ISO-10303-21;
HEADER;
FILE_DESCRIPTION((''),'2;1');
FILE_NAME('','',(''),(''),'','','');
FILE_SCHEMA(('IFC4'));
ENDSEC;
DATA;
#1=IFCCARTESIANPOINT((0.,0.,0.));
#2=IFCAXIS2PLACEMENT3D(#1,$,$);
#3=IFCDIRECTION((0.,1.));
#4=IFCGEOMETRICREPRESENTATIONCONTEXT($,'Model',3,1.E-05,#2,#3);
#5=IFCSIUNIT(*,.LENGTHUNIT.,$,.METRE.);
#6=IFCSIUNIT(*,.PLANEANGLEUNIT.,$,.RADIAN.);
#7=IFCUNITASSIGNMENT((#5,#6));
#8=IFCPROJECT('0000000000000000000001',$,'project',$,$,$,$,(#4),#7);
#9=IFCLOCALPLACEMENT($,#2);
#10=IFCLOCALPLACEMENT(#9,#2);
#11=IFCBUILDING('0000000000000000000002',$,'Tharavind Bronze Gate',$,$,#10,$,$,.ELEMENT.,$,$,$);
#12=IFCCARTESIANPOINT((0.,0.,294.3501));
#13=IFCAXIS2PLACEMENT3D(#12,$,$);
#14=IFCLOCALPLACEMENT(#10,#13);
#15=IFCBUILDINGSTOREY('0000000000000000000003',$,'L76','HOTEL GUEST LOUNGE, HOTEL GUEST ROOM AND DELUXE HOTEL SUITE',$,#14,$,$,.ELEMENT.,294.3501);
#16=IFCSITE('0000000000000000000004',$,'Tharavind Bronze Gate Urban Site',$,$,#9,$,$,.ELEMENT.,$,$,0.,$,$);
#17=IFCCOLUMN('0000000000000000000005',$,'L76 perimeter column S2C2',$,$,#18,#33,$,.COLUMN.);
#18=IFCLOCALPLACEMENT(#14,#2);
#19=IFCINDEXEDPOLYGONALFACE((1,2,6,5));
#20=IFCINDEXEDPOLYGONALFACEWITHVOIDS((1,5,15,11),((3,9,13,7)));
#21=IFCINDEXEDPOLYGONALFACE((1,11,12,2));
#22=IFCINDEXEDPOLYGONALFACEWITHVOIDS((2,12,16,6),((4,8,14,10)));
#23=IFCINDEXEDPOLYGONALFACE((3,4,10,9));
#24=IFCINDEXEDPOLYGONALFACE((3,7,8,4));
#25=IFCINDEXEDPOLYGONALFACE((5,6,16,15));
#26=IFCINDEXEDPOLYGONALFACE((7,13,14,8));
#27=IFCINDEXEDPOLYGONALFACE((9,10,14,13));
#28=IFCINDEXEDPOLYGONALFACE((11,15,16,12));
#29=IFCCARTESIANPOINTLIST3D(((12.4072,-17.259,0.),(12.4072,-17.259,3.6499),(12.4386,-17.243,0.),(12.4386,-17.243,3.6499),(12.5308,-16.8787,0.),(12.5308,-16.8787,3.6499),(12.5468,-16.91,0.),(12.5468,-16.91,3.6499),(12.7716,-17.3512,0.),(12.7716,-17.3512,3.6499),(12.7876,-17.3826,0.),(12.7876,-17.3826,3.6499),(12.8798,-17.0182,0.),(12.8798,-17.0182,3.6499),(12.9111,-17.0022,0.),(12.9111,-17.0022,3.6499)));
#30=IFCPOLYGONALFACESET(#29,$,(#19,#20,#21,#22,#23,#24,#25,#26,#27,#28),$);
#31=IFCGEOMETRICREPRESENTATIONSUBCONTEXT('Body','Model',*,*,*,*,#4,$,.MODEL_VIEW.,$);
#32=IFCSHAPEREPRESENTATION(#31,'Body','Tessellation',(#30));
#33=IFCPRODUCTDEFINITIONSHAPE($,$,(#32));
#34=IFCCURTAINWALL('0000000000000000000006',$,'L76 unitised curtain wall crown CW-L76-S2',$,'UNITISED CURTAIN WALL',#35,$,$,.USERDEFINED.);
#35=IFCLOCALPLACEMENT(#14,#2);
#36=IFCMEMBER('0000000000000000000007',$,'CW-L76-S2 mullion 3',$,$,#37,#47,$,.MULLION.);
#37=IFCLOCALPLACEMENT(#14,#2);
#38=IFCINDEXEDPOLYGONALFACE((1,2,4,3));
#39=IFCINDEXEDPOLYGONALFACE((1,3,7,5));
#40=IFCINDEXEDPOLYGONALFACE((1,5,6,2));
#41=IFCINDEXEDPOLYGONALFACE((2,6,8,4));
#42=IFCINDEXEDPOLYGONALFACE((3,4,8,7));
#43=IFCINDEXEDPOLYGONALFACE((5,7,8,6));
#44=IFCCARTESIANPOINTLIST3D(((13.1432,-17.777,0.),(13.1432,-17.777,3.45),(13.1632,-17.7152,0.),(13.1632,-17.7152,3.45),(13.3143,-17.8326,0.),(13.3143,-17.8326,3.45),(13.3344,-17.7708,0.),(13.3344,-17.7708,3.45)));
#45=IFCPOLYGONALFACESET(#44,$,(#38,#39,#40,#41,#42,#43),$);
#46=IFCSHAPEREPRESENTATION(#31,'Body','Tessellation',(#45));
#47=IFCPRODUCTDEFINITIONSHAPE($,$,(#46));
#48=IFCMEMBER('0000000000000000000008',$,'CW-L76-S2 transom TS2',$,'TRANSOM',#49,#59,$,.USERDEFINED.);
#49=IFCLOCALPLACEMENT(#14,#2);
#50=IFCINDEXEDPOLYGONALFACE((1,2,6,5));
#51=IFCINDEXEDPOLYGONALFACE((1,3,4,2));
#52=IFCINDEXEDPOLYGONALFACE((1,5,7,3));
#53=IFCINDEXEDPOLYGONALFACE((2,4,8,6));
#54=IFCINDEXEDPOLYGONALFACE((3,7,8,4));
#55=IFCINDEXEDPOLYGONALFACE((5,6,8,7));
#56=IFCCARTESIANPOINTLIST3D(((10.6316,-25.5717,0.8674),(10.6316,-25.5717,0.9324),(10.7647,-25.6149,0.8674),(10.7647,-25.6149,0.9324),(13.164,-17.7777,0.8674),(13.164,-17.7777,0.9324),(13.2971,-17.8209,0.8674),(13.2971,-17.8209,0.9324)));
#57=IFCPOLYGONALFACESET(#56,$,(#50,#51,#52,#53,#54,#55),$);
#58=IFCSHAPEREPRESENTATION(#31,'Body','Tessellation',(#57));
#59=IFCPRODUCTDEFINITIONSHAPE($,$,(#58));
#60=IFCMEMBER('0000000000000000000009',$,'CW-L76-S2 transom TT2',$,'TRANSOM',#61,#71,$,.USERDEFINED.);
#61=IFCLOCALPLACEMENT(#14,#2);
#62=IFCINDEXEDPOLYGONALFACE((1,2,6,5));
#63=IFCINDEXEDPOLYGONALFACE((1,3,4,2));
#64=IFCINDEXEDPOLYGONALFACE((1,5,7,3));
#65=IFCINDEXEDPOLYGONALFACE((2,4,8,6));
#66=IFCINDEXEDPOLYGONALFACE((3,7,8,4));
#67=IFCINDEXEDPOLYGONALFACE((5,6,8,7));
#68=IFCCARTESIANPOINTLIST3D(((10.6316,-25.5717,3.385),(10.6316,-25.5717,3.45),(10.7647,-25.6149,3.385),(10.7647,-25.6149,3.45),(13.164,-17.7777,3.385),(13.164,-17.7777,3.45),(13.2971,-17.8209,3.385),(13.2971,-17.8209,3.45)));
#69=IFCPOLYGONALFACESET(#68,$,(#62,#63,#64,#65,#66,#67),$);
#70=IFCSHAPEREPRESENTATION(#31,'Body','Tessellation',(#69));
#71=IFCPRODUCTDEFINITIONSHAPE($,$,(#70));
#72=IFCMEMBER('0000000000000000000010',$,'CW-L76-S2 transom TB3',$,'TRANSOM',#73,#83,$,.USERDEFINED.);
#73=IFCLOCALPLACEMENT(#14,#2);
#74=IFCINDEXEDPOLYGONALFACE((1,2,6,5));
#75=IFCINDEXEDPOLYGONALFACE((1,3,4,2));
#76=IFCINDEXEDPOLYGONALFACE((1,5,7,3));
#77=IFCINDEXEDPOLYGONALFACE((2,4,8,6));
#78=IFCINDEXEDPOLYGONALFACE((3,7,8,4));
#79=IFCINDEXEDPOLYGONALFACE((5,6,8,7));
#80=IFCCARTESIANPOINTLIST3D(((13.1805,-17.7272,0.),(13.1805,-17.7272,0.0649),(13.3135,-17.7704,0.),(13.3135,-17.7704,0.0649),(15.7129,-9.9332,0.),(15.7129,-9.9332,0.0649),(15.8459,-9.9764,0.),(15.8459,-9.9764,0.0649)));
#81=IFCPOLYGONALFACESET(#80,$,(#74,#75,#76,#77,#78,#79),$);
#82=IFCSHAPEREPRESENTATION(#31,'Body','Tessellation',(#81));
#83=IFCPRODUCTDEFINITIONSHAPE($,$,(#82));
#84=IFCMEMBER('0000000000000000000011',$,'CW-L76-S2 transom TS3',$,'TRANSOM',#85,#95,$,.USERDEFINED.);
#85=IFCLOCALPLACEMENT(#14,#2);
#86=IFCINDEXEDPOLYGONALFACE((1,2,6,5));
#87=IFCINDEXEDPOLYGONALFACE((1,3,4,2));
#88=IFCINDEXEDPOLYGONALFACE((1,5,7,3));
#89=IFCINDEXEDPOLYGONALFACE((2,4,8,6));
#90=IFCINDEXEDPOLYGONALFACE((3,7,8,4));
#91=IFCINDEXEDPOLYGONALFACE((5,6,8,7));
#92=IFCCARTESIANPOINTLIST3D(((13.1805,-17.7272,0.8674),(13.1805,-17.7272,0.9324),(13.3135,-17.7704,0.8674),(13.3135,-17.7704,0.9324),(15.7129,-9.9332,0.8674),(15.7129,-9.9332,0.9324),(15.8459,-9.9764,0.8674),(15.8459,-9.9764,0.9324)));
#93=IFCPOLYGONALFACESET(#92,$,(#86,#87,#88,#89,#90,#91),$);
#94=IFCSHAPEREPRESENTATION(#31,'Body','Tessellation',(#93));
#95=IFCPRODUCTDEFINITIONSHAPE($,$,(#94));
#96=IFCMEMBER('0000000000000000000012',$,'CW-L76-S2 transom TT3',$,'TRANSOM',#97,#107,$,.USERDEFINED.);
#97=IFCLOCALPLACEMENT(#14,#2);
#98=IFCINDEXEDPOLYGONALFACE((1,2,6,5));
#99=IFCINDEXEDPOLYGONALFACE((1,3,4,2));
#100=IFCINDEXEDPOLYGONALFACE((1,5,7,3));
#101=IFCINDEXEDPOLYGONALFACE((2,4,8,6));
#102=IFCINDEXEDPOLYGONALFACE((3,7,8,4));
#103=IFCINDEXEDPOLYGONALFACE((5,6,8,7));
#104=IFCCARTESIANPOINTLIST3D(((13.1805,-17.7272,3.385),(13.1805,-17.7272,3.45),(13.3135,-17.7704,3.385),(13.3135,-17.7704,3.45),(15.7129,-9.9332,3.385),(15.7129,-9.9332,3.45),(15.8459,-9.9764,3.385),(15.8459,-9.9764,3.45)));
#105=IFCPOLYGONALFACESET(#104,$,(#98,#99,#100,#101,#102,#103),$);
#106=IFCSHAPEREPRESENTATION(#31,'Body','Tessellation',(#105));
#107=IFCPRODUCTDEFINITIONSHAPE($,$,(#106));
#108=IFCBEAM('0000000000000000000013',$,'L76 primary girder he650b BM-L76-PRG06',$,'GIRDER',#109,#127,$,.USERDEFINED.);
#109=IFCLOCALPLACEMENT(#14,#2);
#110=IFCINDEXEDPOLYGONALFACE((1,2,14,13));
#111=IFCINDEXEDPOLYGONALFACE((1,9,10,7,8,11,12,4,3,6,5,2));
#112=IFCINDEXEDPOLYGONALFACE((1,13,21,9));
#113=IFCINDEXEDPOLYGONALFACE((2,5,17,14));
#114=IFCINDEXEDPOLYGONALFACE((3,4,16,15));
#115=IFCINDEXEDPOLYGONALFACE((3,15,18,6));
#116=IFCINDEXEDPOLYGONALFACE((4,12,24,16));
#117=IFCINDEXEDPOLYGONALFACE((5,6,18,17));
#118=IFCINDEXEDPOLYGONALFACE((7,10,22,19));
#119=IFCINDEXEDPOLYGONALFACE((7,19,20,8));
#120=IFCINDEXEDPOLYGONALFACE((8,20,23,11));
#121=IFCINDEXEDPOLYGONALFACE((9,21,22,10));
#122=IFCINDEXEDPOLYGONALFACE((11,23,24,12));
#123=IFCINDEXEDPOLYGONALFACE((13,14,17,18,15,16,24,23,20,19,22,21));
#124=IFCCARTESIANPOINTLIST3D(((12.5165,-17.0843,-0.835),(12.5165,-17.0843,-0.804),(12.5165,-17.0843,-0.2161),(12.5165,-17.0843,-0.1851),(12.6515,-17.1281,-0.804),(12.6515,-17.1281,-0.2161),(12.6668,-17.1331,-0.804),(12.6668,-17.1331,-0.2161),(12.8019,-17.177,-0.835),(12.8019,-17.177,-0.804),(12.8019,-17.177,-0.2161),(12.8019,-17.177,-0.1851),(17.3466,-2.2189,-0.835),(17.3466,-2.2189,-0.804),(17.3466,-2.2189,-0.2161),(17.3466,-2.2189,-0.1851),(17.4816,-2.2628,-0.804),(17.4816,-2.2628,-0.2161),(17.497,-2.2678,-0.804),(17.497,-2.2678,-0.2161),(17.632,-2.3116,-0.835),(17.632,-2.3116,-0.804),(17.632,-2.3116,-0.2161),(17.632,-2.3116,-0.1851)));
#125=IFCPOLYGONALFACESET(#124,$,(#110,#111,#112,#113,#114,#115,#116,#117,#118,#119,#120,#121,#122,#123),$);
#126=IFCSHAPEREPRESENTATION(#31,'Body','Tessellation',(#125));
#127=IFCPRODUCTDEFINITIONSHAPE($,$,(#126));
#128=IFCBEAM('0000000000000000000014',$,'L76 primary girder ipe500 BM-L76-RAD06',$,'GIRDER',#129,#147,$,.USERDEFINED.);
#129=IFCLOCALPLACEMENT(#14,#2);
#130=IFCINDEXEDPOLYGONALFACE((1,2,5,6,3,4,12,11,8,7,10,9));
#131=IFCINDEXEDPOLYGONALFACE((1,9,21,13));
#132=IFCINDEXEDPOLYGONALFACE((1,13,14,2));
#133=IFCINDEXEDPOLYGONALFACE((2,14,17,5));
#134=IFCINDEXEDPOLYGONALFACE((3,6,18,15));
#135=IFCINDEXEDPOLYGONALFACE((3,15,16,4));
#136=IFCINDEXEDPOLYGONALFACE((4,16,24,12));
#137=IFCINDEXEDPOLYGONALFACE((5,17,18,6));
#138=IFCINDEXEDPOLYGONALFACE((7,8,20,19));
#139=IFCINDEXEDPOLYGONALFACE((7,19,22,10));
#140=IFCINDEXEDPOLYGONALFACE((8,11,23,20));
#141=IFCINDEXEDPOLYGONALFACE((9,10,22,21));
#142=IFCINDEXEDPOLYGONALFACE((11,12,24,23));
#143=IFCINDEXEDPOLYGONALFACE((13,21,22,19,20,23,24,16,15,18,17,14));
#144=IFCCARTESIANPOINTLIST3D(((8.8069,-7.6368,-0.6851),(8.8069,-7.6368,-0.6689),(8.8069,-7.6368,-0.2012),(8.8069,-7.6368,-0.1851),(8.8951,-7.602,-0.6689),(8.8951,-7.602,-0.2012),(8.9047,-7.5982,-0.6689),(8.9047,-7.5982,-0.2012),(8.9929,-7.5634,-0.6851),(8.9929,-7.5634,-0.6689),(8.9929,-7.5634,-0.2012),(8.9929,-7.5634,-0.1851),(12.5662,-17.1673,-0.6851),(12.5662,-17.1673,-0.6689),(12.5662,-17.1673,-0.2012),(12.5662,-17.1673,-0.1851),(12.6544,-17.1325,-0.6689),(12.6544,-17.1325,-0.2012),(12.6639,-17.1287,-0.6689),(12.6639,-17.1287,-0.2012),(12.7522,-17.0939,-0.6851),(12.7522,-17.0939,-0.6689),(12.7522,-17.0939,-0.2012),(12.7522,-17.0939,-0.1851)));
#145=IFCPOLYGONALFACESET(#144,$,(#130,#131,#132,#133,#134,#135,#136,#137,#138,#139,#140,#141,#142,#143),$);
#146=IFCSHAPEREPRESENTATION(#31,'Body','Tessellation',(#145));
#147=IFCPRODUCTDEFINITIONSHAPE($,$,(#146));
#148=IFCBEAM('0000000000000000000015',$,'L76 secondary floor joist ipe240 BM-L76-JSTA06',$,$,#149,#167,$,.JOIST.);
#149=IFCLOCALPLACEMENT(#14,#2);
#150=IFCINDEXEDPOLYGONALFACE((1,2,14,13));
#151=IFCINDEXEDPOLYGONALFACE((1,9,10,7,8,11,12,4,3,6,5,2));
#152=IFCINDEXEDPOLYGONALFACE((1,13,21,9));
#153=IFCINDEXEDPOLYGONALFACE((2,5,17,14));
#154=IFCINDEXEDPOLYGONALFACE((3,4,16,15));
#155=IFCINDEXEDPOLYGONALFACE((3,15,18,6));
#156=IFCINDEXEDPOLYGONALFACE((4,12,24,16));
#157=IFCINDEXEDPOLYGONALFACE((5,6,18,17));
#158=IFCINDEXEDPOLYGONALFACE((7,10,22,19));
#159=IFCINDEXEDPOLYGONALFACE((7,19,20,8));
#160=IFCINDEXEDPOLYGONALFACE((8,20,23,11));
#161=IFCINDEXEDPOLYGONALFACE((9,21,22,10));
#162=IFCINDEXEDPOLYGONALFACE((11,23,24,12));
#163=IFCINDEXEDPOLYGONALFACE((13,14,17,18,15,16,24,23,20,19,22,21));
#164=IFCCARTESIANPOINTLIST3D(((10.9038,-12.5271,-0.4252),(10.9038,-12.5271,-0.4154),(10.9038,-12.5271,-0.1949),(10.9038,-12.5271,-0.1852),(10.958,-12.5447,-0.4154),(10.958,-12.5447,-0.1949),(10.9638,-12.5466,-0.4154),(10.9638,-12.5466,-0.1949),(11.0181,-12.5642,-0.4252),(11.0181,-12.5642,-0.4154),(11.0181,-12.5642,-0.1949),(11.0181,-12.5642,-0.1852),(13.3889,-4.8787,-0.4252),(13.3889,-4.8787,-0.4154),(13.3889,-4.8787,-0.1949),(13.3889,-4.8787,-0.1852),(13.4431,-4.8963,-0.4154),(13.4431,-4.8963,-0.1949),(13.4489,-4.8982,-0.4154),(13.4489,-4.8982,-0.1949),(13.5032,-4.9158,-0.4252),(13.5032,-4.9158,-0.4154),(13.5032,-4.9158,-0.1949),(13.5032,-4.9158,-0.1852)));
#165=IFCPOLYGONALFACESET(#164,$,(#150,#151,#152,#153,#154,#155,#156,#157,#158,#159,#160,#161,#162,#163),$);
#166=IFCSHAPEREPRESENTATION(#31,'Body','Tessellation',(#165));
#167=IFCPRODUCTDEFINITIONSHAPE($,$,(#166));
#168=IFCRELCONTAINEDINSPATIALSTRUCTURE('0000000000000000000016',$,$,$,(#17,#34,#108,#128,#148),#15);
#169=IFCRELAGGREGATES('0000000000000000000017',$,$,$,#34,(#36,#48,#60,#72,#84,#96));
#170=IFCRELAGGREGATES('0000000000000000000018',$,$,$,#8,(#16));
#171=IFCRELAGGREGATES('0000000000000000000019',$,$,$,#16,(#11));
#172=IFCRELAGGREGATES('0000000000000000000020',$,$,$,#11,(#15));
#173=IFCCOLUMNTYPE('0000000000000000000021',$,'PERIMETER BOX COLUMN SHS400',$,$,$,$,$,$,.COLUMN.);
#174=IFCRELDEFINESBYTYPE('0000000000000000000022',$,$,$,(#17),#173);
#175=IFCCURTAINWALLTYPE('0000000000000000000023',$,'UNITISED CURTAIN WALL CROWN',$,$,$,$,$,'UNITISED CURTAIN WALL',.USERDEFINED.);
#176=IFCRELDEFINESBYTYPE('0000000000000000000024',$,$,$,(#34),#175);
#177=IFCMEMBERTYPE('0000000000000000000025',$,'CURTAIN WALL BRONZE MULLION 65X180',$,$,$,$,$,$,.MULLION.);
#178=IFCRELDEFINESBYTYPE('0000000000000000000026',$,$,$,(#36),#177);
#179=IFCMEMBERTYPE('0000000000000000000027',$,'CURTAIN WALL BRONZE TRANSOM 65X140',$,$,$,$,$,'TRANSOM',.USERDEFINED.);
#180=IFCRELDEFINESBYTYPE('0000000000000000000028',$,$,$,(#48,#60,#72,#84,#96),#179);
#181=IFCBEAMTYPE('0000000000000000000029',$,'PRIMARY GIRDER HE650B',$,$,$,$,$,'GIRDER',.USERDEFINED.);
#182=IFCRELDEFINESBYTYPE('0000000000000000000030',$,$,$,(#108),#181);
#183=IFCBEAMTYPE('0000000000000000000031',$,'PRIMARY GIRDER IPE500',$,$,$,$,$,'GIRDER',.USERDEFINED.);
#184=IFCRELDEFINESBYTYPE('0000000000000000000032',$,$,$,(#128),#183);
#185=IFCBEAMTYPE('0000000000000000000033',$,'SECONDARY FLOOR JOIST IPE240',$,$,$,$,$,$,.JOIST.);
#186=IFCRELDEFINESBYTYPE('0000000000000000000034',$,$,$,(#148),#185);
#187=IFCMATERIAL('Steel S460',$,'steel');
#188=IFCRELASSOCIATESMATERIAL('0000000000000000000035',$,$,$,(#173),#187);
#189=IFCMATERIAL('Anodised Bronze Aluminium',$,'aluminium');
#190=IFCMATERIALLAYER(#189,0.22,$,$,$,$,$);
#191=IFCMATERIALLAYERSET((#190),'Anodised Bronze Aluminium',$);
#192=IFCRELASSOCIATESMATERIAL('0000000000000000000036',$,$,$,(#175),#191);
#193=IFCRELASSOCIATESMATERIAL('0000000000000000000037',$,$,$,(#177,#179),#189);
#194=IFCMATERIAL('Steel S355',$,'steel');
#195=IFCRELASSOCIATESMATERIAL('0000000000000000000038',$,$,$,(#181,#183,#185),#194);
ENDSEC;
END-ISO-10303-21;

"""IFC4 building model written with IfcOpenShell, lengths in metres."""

from ifc_helpers import new_model, si_unit, direction, frame, origin, origin_2d, place, context, subcontext, project, spatial, rectangle, hollow_rectangle, i_section, extrude, material, layer, layer_set, material_profile, profile_set, type_object, element, aggregate, save


model = new_model("IFC4")

# Units and contexts
model_context = context("Model", 3, precision=1e-05, world=origin(), true_north=direction((0.0, 1.0)))
body_context = subcontext(model_context, "Body", "Model", "MODEL_VIEW")
ifc_project = project(units=[si_unit("LENGTHUNIT", "METRE"), si_unit("PLANEANGLEUNIT", "RADIAN")], contexts=[model_context])

# Site, building, storey
site_placement = place(None, origin())
site = spatial("IfcSite", under=ifc_project, at=site_placement, Name="Tharavind Bronze Gate Urban Site", CompositionType="ELEMENT", RefElevation=0.0)
building_placement = place(site_placement, origin())
building = spatial("IfcBuilding", under=site, at=building_placement, Name="Tharavind Bronze Gate", CompositionType="ELEMENT")
storey_placement = place(building_placement, frame((0.0, 0.0, 294.3501)))
storey = spatial("IfcBuildingStorey", under=building, at=storey_placement, Name="L76", Description="HOTEL GUEST LOUNGE, HOTEL GUEST ROOM AND DELUXE HOTEL SUITE", CompositionType="ELEMENT", Elevation=294.3501)

# Column
ifc_material_1 = material(Name="Steel S460", Category="steel")
ifc_material_profile_1 = material_profile(ifc_material_1, hollow_rectangle(XDim=0.3999, YDim=0.3999, WallThickness=0.0249, at=origin_2d()), Name="SHS400X25")
ifc_profile_set_1 = profile_set([ifc_material_profile_1], Name="Steel S460")
column_type = type_object("IfcColumnType", Name="PERIMETER BOX COLUMN SHS400", PredefinedType="COLUMN", material=ifc_profile_set_1)
column_placement = place(storey_placement, frame((12.6592, -17.1306, 0.0), z_axis=(0.0, 0.0, 1.0), x_axis=(0.309019, 0.951056, 0.0)))
element("IfcColumn", 1, at=column_placement, inside=storey, type_object=column_type, Name="L76 perimeter column S2C2", PredefinedType="COLUMN", context=body_context, shape_type="SweptSolid", body=[
    extrude(hollow_rectangle(XDim=0.3999, YDim=0.3999, WallThickness=0.0249, at=origin_2d()), origin(), (0.0, 0.0, 1.0), 3.6499),
])

# Curtain wall, members
ifc_material_2 = material(Name="Anodised Bronze Aluminium", Category="aluminium")
ifc_layer_1 = layer(ifc_material_2, 0.22)
ifc_layer_set_1 = layer_set([ifc_layer_1], Name="Anodised Bronze Aluminium")
curtain_wall_type = type_object("IfcCurtainWallType", Name="UNITISED CURTAIN WALL CROWN", ElementType="UNITISED CURTAIN WALL", PredefinedType="USERDEFINED", material=ifc_layer_set_1)
curtain_wall_placement = place(storey_placement, origin())
curtain_wall = element("IfcCurtainWall", 2, at=curtain_wall_placement, inside=storey, type_object=curtain_wall_type, Name="L76 unitised curtain wall crown CW-L76-S2", ObjectType="UNITISED CURTAIN WALL", PredefinedType="USERDEFINED")
member_type_1 = type_object("IfcMemberType", Name="CURTAIN WALL BRONZE MULLION 65X180", PredefinedType="MULLION", material=ifc_material_2)
member_1_placement = place(storey_placement, frame((13.2388, -17.7739, 0.0), z_axis=(0.0, 0.0, 1.0), x_axis=(0.309017, 0.951057, 0.0)))
member_1 = element("IfcMember", 3, at=member_1_placement, type_object=member_type_1, Name="CW-L76-S2 mullion 3", PredefinedType="MULLION", context=body_context, shape_type="SweptSolid", body=[
    extrude(rectangle(XDim=0.0649, YDim=0.1799, at=origin_2d()), origin(), (0.0, 0.0, 1.0), 3.45),
])
member_type_2 = type_object("IfcMemberType", Name="CURTAIN WALL BRONZE TRANSOM 65X140", ElementType="TRANSOM", PredefinedType="USERDEFINED", material=ifc_material_2)
member_2_placement = place(storey_placement, frame((11.9644, -21.6963, 0.8674), z_axis=(0.0, 0.0, 1.0), x_axis=(0.309017, 0.951057, 0.0)))
member_2 = element("IfcMember", 4, at=member_2_placement, type_object=member_type_2, Name="CW-L76-S2 transom TS2", ObjectType="TRANSOM", PredefinedType="USERDEFINED", context=body_context, shape_type="SweptSolid", body=[
    extrude(rectangle(XDim=8.1951, YDim=0.1399, at=origin_2d()), origin(), (0.0, 0.0, 1.0), 0.0649),
])
member_3_placement = place(storey_placement, frame((11.9644, -21.6963, 3.385), z_axis=(0.0, 0.0, 1.0), x_axis=(0.309017, 0.951057, 0.0)))
member_3 = element("IfcMember", 5, at=member_3_placement, type_object=member_type_2, Name="CW-L76-S2 transom TT2", ObjectType="TRANSOM", PredefinedType="USERDEFINED", context=body_context, shape_type="SweptSolid", body=[
    extrude(rectangle(XDim=8.1951, YDim=0.1399, at=origin_2d()), origin(), (0.0, 0.0, 1.0), 0.0649),
])
member_4_placement = place(storey_placement, frame((14.5132, -13.8518, 0.0), z_axis=(0.0, 0.0, 1.0), x_axis=(0.309017, 0.951057, 0.0)))
member_4 = element("IfcMember", 6, at=member_4_placement, type_object=member_type_2, Name="CW-L76-S2 transom TB3", ObjectType="TRANSOM", PredefinedType="USERDEFINED", context=body_context, shape_type="SweptSolid", body=[
    extrude(rectangle(XDim=8.1951, YDim=0.1399, at=origin_2d()), origin(), (0.0, 0.0, 1.0), 0.0649),
])
member_5_placement = place(storey_placement, frame((14.5132, -13.8518, 0.8674), z_axis=(0.0, 0.0, 1.0), x_axis=(0.309017, 0.951057, 0.0)))
member_5 = element("IfcMember", 7, at=member_5_placement, type_object=member_type_2, Name="CW-L76-S2 transom TS3", ObjectType="TRANSOM", PredefinedType="USERDEFINED", context=body_context, shape_type="SweptSolid", body=[
    extrude(rectangle(XDim=8.1951, YDim=0.1399, at=origin_2d()), origin(), (0.0, 0.0, 1.0), 0.0649),
])
member_6_placement = place(storey_placement, frame((14.5132, -13.8518, 3.385), z_axis=(0.0, 0.0, 1.0), x_axis=(0.309017, 0.951057, 0.0)))
member_6 = element("IfcMember", 8, at=member_6_placement, type_object=member_type_2, Name="CW-L76-S2 transom TT3", ObjectType="TRANSOM", PredefinedType="USERDEFINED", context=body_context, shape_type="SweptSolid", body=[
    extrude(rectangle(XDim=8.1951, YDim=0.1399, at=origin_2d()), origin(), (0.0, 0.0, 1.0), 0.0649),
])

# Beams
ifc_material_3 = material(Name="Steel S355", Category="steel")
ifc_material_profile_2 = material_profile(ifc_material_3, i_section(OverallWidth=0.3, OverallDepth=0.6499, WebThickness=0.0161, FlangeThickness=0.031, at=origin_2d()), Name="HE650B")
ifc_profile_set_2 = profile_set([ifc_material_profile_2], Name="Steel S355")
beam_type_1 = type_object("IfcBeamType", Name="PRIMARY GIRDER HE650B", ElementType="GIRDER", PredefinedType="USERDEFINED", material=ifc_profile_set_2)
beam_1_placement = place(storey_placement, frame((12.6592, -17.1306, -0.51), z_axis=(0.309021, 0.951055, 0.0), x_axis=(-0.951055, 0.309021, 0.0)))
element("IfcBeam", 9, at=beam_1_placement, inside=storey, type_object=beam_type_1, Name="L76 primary girder he650b BM-L76-PRG06", ObjectType="GIRDER", PredefinedType="USERDEFINED", context=body_context, shape_type="SweptSolid", body=[
    extrude(i_section(OverallWidth=0.3, OverallDepth=0.6499, WebThickness=0.0161, FlangeThickness=0.031, at=origin_2d()), origin(), (0.0, 0.0, 1.0), 15.6304),
])
ifc_material_profile_3 = material_profile(ifc_material_3, i_section(OverallWidth=0.2, OverallDepth=0.5, WebThickness=0.0103, FlangeThickness=0.0161, at=origin_2d()), Name="IPE500")
ifc_profile_set_3 = profile_set([ifc_material_profile_3], Name="Steel S355")
beam_type_2 = type_object("IfcBeamType", Name="PRIMARY GIRDER IPE500", ElementType="GIRDER", PredefinedType="USERDEFINED", material=ifc_profile_set_3)
beam_2_placement = place(storey_placement, frame((12.6592, -17.1306, -0.4351), z_axis=(-0.366933, 0.930247, 0.0), x_axis=(-0.930247, -0.366933, 0.0)))
element("IfcBeam", 10, at=beam_2_placement, inside=storey, type_object=beam_type_2, Name="L76 primary girder ipe500 BM-L76-RAD06", ObjectType="GIRDER", PredefinedType="USERDEFINED", context=body_context, shape_type="SweptSolid", body=[
    extrude(i_section(OverallWidth=0.2, OverallDepth=0.5, WebThickness=0.0103, FlangeThickness=0.0161, at=origin_2d()), origin(), (0.0, 0.0, 1.0), 10.2451),
])
ifc_material_profile_4 = material_profile(ifc_material_3, i_section(OverallWidth=0.1201, OverallDepth=0.24, WebThickness=0.0061, FlangeThickness=0.0098, at=origin_2d()), Name="IPE240")
ifc_profile_set_4 = profile_set([ifc_material_profile_4], Name="Steel S355")
beam_type_3 = type_object("IfcBeamType", Name="SECONDARY FLOOR JOIST IPE240", PredefinedType="JOIST", material=ifc_profile_set_4)
beam_3_placement = place(storey_placement, frame((10.9609, -12.5457, -0.3052), z_axis=(0.309015, 0.951057, 0.0), x_axis=(-0.951057, 0.309015, 0.0)))
element("IfcBeam", 11, at=beam_3_placement, inside=storey, type_object=beam_type_3, Name="L76 secondary floor joist ipe240 BM-L76-JSTA06", PredefinedType="JOIST", context=body_context, shape_type="SweptSolid", body=[
    extrude(i_section(OverallWidth=0.1201, OverallDepth=0.24, WebThickness=0.0061, FlangeThickness=0.0098, at=origin_2d()), origin(), (0.0, 0.0, 1.0), 8.042),
])

aggregate(curtain_wall, [member_1, member_2, member_3, member_4, member_5, member_6])

save(model, "model.ifc")
